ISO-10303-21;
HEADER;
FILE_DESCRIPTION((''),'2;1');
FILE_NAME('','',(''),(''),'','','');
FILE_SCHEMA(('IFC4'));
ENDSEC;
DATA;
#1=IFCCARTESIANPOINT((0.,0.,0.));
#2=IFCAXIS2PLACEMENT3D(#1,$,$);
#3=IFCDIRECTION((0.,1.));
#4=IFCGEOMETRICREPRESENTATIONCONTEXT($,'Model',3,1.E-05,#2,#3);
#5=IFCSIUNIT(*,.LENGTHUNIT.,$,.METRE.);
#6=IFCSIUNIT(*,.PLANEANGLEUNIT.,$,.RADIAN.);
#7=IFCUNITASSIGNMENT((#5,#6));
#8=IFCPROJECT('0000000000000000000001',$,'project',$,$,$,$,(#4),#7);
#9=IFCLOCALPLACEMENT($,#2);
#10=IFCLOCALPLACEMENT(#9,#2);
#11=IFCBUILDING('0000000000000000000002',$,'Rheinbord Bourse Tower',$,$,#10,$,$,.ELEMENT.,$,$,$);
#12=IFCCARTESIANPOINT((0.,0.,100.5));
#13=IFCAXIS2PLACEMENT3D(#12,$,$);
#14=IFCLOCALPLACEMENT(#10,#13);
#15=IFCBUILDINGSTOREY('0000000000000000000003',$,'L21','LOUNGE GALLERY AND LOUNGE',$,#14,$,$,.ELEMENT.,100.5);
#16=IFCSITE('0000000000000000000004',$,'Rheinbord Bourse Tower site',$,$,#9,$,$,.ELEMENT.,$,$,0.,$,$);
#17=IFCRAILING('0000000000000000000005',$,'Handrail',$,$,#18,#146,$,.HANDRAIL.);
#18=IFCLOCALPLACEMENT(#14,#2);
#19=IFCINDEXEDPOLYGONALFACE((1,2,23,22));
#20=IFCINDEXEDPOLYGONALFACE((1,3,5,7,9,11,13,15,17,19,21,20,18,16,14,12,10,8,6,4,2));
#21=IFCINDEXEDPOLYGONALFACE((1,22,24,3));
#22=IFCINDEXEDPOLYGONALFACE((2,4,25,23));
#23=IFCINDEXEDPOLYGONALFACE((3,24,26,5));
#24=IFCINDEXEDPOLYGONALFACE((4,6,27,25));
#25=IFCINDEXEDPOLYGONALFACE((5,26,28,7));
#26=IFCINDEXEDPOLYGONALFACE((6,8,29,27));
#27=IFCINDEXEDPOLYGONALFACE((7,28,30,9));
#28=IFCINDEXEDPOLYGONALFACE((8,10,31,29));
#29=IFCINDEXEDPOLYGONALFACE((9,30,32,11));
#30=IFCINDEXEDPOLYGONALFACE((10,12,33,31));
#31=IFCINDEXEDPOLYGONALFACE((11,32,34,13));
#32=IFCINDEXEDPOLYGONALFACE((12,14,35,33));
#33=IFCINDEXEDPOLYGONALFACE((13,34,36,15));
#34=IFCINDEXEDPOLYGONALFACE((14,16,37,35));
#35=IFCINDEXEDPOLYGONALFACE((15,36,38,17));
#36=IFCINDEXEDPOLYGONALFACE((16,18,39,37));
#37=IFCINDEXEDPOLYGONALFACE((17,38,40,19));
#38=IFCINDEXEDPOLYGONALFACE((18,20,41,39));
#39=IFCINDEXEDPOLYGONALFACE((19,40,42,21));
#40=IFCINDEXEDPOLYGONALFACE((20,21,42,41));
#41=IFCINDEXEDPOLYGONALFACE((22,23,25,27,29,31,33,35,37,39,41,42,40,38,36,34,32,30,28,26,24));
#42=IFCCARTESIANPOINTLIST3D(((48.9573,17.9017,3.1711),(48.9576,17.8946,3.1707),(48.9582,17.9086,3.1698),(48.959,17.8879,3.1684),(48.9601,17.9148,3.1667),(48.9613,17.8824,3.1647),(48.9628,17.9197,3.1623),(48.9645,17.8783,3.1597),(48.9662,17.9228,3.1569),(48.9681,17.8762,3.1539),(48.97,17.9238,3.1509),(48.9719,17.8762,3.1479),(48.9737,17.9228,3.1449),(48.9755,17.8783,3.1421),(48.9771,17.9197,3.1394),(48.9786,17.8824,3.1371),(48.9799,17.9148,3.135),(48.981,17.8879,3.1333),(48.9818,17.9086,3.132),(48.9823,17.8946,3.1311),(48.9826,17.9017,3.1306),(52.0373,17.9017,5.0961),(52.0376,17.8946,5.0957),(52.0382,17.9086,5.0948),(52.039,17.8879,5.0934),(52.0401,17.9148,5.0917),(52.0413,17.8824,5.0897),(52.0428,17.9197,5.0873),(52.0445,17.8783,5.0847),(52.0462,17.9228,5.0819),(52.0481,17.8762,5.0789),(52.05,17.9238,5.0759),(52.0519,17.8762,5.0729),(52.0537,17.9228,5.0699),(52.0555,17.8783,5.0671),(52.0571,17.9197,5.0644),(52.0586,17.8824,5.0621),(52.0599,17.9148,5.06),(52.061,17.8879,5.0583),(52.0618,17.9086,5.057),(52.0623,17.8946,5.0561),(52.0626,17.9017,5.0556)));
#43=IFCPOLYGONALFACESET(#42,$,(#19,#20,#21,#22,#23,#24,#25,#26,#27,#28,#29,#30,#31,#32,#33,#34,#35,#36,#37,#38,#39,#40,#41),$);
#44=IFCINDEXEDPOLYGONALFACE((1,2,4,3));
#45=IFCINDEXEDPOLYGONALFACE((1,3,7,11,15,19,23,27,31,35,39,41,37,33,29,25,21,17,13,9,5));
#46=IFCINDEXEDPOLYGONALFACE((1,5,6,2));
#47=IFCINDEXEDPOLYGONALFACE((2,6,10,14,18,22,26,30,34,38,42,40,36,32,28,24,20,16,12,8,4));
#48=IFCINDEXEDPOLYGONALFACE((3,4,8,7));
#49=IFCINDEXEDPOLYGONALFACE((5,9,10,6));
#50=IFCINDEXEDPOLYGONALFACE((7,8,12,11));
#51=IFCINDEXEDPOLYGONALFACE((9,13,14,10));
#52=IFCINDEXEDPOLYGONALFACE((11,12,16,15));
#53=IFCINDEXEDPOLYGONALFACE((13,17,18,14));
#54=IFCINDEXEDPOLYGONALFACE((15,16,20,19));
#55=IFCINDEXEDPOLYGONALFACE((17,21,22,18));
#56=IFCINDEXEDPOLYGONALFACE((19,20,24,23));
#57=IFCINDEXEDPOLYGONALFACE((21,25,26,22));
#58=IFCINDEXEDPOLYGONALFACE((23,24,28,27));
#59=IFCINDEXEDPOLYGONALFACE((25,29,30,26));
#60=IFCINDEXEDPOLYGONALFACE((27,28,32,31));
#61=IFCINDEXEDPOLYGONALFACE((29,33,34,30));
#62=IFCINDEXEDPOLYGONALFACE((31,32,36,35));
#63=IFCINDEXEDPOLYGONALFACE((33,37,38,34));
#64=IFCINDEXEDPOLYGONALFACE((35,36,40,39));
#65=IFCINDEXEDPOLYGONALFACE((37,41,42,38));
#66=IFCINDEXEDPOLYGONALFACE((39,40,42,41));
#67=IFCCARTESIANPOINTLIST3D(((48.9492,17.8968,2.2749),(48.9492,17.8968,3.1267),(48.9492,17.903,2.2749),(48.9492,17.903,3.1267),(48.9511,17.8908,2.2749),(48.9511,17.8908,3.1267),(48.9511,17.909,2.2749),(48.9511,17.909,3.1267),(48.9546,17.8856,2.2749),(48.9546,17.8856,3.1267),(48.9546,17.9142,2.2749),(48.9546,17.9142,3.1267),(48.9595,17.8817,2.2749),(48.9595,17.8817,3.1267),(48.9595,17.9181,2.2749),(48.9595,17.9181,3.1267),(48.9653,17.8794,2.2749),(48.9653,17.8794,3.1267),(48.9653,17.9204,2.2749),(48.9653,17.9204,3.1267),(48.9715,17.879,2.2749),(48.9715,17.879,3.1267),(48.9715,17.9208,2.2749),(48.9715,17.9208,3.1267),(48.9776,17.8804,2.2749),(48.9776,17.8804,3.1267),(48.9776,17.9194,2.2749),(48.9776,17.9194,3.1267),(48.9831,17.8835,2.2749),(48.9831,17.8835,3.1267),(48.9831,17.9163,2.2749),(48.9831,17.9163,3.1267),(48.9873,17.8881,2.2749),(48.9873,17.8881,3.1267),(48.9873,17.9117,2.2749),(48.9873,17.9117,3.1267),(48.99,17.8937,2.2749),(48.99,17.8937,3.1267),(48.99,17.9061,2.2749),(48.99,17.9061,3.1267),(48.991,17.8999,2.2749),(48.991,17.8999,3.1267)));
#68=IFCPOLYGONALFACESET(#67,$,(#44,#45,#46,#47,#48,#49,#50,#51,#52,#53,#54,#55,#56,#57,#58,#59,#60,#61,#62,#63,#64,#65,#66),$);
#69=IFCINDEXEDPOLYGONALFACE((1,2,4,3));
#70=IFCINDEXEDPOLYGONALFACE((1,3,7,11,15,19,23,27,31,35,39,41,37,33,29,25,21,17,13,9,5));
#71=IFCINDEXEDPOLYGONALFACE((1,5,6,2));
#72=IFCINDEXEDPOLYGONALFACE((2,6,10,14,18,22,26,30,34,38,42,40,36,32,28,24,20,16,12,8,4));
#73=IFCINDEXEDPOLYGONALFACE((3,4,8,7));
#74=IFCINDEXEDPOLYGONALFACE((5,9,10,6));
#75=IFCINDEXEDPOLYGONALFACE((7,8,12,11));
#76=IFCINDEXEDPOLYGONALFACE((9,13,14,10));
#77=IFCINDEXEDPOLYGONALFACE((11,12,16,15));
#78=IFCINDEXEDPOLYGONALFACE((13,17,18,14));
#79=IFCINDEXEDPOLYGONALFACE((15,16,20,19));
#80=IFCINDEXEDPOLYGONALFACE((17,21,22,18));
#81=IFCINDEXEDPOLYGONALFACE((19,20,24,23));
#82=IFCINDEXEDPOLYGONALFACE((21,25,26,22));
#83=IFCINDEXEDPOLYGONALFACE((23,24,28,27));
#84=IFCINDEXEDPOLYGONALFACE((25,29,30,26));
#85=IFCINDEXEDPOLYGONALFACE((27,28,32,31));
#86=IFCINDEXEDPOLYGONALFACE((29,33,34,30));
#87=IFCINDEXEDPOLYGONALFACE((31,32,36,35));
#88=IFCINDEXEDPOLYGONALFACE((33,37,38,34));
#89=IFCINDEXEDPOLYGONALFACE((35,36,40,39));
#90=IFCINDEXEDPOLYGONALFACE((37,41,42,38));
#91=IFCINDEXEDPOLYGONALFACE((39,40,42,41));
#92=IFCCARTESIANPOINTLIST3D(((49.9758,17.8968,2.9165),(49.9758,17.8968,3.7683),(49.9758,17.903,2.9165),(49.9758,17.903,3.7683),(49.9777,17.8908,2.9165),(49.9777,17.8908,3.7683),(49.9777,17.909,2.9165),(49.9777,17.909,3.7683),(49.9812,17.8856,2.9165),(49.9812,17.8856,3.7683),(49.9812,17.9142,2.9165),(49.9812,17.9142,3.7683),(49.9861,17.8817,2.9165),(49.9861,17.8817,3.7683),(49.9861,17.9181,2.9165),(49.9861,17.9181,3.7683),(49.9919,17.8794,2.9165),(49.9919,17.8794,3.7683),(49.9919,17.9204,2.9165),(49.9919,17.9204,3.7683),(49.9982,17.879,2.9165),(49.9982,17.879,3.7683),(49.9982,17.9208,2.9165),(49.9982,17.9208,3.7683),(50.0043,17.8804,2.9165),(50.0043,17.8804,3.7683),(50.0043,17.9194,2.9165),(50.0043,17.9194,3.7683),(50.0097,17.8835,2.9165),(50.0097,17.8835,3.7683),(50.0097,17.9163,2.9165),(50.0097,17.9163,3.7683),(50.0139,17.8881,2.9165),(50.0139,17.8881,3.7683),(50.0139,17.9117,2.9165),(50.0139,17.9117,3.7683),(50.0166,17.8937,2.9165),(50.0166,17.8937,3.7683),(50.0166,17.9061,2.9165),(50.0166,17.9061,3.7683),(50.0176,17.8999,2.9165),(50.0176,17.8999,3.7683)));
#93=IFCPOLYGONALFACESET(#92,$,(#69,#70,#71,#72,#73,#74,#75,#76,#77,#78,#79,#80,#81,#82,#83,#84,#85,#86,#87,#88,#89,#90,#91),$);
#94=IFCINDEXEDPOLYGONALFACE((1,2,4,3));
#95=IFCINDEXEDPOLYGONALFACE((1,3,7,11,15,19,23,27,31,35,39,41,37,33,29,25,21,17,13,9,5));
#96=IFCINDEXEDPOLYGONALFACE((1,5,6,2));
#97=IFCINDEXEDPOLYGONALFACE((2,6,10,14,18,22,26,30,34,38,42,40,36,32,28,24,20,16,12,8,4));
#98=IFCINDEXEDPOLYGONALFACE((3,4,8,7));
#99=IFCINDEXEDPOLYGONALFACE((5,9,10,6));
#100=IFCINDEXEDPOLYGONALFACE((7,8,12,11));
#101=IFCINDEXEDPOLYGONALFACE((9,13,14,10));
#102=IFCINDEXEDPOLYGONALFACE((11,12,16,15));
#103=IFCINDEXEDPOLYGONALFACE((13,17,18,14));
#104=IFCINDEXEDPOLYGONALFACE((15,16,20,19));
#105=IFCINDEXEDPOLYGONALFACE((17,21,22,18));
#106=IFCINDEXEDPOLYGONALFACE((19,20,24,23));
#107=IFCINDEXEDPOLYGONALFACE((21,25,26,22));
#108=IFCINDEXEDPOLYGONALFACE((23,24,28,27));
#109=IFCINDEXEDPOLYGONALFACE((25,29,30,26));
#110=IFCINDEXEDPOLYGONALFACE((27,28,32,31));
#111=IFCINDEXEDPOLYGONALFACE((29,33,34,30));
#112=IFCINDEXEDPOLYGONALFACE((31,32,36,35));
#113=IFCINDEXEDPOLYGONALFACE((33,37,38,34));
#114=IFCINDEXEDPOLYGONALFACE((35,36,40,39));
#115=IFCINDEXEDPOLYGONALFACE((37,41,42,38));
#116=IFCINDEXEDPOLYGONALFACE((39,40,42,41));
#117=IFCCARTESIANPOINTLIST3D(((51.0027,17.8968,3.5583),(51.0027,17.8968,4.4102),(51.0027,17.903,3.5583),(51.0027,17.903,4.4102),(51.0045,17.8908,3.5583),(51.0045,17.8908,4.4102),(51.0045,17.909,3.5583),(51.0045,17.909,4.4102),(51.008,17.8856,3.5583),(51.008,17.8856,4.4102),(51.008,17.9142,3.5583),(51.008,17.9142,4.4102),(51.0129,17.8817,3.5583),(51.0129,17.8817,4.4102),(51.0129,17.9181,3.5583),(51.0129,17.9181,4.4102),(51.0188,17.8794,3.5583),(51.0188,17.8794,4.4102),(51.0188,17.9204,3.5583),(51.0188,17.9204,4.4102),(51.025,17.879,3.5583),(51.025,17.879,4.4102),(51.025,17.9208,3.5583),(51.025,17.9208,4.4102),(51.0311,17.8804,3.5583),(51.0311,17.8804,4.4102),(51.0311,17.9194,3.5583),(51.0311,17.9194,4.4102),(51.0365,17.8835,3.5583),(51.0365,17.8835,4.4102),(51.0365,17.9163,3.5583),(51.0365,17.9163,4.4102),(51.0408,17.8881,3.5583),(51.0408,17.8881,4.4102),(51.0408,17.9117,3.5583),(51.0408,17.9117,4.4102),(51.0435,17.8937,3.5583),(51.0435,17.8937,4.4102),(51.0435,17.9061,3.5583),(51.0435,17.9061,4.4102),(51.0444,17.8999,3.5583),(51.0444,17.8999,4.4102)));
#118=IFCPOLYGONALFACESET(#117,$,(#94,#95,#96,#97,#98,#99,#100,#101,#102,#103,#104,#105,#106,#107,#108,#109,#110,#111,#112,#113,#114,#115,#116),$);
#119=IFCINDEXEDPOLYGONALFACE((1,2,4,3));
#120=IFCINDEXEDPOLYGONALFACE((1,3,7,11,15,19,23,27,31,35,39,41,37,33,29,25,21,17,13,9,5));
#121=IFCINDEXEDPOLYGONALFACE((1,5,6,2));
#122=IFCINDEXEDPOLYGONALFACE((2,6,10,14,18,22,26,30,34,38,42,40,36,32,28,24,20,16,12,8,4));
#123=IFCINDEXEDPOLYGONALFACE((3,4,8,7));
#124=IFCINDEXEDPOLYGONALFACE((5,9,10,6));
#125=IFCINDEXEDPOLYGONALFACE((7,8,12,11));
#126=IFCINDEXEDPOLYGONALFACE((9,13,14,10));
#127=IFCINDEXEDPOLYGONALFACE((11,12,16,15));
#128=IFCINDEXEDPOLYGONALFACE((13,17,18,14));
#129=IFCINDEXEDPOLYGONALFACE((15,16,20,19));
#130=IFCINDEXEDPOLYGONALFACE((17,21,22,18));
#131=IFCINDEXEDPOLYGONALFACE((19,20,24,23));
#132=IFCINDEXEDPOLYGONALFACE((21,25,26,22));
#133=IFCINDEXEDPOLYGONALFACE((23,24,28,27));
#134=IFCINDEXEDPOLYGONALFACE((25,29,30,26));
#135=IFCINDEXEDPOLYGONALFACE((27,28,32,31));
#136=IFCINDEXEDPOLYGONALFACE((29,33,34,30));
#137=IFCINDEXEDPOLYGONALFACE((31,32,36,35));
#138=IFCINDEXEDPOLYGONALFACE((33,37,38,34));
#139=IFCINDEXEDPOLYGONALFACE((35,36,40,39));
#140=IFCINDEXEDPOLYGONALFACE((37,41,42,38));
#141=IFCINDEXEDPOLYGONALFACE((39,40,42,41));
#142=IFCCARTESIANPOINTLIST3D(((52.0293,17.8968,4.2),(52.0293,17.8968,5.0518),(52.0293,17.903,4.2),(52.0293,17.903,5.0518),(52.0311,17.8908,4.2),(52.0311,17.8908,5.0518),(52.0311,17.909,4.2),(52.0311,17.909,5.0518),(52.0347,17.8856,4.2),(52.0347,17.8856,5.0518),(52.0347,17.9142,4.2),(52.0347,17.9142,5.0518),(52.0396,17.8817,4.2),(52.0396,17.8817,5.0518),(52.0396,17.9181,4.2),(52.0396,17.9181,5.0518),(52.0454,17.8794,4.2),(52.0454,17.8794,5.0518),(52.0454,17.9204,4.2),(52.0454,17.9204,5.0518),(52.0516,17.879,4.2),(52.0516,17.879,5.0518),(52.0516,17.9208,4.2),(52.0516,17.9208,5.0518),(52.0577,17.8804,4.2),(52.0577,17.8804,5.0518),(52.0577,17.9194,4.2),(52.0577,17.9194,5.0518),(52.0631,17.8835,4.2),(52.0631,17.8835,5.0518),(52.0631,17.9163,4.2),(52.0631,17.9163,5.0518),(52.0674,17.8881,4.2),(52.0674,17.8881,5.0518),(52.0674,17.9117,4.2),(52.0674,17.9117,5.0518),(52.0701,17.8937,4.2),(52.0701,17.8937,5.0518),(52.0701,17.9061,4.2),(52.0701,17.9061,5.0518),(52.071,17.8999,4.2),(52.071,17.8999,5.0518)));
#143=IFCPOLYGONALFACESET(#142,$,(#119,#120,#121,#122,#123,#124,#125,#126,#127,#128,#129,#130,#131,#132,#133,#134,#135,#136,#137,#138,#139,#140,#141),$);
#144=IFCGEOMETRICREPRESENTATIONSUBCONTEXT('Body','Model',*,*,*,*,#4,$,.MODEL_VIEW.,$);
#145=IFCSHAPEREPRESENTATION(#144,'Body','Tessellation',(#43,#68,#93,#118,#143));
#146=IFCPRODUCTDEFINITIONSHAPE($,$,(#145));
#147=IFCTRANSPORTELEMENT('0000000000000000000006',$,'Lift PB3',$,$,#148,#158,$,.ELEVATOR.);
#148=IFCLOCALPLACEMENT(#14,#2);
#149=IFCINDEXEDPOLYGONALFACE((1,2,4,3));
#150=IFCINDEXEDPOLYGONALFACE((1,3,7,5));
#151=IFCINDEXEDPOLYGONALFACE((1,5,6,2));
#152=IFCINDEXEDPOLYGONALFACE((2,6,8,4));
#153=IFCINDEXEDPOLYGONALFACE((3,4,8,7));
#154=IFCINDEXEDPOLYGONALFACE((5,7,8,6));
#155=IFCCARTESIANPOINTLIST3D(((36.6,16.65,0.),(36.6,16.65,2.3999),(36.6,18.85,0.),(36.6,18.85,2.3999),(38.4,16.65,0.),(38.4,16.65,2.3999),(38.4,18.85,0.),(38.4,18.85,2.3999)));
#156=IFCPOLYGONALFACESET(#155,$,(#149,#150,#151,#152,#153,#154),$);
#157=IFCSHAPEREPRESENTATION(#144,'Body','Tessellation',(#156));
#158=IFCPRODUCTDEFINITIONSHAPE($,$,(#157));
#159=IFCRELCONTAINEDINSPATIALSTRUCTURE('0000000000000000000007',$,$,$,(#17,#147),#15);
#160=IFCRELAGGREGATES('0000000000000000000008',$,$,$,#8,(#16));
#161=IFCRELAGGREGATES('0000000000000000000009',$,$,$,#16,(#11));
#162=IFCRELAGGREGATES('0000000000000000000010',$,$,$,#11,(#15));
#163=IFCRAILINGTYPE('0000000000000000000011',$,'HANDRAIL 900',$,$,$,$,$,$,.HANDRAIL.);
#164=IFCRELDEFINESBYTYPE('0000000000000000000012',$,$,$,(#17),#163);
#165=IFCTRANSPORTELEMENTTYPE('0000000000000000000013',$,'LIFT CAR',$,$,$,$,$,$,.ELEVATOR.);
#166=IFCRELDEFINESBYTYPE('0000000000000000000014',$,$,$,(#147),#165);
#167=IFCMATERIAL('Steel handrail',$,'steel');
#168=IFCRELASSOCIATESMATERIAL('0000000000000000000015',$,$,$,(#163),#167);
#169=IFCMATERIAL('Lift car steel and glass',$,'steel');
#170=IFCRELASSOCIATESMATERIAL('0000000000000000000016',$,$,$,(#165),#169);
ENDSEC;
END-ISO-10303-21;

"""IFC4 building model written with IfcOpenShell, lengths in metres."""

from ifc_helpers import new_model, si_unit, direction, frame, origin, origin_2d, place, context, subcontext, project, spatial, rectangle, circle, extrude, material, type_object, element, save


model = new_model("IFC4")

# Units and contexts
model_context = context("Model", 3, precision=1e-05, world=origin(), true_north=direction((0.0, 1.0)))
body_context = subcontext(model_context, "Body", "Model", "MODEL_VIEW")
ifc_project = project(units=[si_unit("LENGTHUNIT", "METRE"), si_unit("PLANEANGLEUNIT", "RADIAN")], contexts=[model_context])

# Site, building, storey
site_placement = place(None, origin())
site = spatial("IfcSite", under=ifc_project, at=site_placement, Name="Rheinbord Bourse Tower site", CompositionType="ELEMENT", RefElevation=0.0)
building_placement = place(site_placement, origin())
building = spatial("IfcBuilding", under=site, at=building_placement, Name="Rheinbord Bourse Tower", CompositionType="ELEMENT")
storey_placement = place(building_placement, frame((0.0, 0.0, 100.5)))
storey = spatial("IfcBuildingStorey", under=building, at=storey_placement, Name="L21", Description="LOUNGE GALLERY AND LOUNGE", CompositionType="ELEMENT", Elevation=100.5)

# Railing
ifc_material_1 = material(Name="Steel handrail", Category="steel")
railing_type = type_object("IfcRailingType", Name="HANDRAIL 900", PredefinedType="HANDRAIL", material=ifc_material_1)
railing_1_placement = place(storey_placement, frame((48.97, 17.8999, 2.2749)))
element("IfcRailing", 1, at=railing_1_placement, inside=storey, type_object=railing_type, Name="Handrail", PredefinedType="HANDRAIL", context=body_context, shape_type="SweptSolid", body=[
    extrude(circle(Radius=0.0239, at=origin_2d()), frame((0.0, 0.0, 0.876), z_axis=(0.847998, 0.0, 0.529999), x_axis=(0.0, 1.0, 0.0)), (0.0, 0.0, 1.0), 3.6321),
    extrude(circle(Radius=0.021, at=origin_2d()), origin(), (0.0, 0.0, 1.0), 0.8518),
    extrude(circle(Radius=0.021, at=origin_2d()), frame((1.0266, 0.0, 0.6416)), (0.0, 0.0, 1.0), 0.8518),
    extrude(circle(Radius=0.021, at=origin_2d()), frame((2.0535, 0.0, 1.2834)), (0.0, 0.0, 1.0), 0.8518),
    extrude(circle(Radius=0.021, at=origin_2d()), frame((3.0801, 0.0, 1.925)), (0.0, 0.0, 1.0), 0.8518),
])

# Transport element
ifc_material_2 = material(Name="Lift car steel and glass", Category="steel")
transport_element_type = type_object("IfcTransportElementType", Name="LIFT CAR", PredefinedType="ELEVATOR", material=ifc_material_2)
transport_element_placement = place(storey_placement, frame((37.5, 17.75, 0.0), z_axis=(0.0, 0.0, 1.0), x_axis=(1.0, 0.0, 0.0)))
element("IfcTransportElement", 2, at=transport_element_placement, inside=storey, type_object=transport_element_type, Name="Lift PB3", PredefinedType="ELEVATOR", context=body_context, shape_type="SweptSolid", body=[
    extrude(rectangle(XDim=1.8, YDim=2.2, at=origin_2d()), origin(), (0.0, 0.0, 1.0), 2.3999),
])

save(model, "model.ifc")
